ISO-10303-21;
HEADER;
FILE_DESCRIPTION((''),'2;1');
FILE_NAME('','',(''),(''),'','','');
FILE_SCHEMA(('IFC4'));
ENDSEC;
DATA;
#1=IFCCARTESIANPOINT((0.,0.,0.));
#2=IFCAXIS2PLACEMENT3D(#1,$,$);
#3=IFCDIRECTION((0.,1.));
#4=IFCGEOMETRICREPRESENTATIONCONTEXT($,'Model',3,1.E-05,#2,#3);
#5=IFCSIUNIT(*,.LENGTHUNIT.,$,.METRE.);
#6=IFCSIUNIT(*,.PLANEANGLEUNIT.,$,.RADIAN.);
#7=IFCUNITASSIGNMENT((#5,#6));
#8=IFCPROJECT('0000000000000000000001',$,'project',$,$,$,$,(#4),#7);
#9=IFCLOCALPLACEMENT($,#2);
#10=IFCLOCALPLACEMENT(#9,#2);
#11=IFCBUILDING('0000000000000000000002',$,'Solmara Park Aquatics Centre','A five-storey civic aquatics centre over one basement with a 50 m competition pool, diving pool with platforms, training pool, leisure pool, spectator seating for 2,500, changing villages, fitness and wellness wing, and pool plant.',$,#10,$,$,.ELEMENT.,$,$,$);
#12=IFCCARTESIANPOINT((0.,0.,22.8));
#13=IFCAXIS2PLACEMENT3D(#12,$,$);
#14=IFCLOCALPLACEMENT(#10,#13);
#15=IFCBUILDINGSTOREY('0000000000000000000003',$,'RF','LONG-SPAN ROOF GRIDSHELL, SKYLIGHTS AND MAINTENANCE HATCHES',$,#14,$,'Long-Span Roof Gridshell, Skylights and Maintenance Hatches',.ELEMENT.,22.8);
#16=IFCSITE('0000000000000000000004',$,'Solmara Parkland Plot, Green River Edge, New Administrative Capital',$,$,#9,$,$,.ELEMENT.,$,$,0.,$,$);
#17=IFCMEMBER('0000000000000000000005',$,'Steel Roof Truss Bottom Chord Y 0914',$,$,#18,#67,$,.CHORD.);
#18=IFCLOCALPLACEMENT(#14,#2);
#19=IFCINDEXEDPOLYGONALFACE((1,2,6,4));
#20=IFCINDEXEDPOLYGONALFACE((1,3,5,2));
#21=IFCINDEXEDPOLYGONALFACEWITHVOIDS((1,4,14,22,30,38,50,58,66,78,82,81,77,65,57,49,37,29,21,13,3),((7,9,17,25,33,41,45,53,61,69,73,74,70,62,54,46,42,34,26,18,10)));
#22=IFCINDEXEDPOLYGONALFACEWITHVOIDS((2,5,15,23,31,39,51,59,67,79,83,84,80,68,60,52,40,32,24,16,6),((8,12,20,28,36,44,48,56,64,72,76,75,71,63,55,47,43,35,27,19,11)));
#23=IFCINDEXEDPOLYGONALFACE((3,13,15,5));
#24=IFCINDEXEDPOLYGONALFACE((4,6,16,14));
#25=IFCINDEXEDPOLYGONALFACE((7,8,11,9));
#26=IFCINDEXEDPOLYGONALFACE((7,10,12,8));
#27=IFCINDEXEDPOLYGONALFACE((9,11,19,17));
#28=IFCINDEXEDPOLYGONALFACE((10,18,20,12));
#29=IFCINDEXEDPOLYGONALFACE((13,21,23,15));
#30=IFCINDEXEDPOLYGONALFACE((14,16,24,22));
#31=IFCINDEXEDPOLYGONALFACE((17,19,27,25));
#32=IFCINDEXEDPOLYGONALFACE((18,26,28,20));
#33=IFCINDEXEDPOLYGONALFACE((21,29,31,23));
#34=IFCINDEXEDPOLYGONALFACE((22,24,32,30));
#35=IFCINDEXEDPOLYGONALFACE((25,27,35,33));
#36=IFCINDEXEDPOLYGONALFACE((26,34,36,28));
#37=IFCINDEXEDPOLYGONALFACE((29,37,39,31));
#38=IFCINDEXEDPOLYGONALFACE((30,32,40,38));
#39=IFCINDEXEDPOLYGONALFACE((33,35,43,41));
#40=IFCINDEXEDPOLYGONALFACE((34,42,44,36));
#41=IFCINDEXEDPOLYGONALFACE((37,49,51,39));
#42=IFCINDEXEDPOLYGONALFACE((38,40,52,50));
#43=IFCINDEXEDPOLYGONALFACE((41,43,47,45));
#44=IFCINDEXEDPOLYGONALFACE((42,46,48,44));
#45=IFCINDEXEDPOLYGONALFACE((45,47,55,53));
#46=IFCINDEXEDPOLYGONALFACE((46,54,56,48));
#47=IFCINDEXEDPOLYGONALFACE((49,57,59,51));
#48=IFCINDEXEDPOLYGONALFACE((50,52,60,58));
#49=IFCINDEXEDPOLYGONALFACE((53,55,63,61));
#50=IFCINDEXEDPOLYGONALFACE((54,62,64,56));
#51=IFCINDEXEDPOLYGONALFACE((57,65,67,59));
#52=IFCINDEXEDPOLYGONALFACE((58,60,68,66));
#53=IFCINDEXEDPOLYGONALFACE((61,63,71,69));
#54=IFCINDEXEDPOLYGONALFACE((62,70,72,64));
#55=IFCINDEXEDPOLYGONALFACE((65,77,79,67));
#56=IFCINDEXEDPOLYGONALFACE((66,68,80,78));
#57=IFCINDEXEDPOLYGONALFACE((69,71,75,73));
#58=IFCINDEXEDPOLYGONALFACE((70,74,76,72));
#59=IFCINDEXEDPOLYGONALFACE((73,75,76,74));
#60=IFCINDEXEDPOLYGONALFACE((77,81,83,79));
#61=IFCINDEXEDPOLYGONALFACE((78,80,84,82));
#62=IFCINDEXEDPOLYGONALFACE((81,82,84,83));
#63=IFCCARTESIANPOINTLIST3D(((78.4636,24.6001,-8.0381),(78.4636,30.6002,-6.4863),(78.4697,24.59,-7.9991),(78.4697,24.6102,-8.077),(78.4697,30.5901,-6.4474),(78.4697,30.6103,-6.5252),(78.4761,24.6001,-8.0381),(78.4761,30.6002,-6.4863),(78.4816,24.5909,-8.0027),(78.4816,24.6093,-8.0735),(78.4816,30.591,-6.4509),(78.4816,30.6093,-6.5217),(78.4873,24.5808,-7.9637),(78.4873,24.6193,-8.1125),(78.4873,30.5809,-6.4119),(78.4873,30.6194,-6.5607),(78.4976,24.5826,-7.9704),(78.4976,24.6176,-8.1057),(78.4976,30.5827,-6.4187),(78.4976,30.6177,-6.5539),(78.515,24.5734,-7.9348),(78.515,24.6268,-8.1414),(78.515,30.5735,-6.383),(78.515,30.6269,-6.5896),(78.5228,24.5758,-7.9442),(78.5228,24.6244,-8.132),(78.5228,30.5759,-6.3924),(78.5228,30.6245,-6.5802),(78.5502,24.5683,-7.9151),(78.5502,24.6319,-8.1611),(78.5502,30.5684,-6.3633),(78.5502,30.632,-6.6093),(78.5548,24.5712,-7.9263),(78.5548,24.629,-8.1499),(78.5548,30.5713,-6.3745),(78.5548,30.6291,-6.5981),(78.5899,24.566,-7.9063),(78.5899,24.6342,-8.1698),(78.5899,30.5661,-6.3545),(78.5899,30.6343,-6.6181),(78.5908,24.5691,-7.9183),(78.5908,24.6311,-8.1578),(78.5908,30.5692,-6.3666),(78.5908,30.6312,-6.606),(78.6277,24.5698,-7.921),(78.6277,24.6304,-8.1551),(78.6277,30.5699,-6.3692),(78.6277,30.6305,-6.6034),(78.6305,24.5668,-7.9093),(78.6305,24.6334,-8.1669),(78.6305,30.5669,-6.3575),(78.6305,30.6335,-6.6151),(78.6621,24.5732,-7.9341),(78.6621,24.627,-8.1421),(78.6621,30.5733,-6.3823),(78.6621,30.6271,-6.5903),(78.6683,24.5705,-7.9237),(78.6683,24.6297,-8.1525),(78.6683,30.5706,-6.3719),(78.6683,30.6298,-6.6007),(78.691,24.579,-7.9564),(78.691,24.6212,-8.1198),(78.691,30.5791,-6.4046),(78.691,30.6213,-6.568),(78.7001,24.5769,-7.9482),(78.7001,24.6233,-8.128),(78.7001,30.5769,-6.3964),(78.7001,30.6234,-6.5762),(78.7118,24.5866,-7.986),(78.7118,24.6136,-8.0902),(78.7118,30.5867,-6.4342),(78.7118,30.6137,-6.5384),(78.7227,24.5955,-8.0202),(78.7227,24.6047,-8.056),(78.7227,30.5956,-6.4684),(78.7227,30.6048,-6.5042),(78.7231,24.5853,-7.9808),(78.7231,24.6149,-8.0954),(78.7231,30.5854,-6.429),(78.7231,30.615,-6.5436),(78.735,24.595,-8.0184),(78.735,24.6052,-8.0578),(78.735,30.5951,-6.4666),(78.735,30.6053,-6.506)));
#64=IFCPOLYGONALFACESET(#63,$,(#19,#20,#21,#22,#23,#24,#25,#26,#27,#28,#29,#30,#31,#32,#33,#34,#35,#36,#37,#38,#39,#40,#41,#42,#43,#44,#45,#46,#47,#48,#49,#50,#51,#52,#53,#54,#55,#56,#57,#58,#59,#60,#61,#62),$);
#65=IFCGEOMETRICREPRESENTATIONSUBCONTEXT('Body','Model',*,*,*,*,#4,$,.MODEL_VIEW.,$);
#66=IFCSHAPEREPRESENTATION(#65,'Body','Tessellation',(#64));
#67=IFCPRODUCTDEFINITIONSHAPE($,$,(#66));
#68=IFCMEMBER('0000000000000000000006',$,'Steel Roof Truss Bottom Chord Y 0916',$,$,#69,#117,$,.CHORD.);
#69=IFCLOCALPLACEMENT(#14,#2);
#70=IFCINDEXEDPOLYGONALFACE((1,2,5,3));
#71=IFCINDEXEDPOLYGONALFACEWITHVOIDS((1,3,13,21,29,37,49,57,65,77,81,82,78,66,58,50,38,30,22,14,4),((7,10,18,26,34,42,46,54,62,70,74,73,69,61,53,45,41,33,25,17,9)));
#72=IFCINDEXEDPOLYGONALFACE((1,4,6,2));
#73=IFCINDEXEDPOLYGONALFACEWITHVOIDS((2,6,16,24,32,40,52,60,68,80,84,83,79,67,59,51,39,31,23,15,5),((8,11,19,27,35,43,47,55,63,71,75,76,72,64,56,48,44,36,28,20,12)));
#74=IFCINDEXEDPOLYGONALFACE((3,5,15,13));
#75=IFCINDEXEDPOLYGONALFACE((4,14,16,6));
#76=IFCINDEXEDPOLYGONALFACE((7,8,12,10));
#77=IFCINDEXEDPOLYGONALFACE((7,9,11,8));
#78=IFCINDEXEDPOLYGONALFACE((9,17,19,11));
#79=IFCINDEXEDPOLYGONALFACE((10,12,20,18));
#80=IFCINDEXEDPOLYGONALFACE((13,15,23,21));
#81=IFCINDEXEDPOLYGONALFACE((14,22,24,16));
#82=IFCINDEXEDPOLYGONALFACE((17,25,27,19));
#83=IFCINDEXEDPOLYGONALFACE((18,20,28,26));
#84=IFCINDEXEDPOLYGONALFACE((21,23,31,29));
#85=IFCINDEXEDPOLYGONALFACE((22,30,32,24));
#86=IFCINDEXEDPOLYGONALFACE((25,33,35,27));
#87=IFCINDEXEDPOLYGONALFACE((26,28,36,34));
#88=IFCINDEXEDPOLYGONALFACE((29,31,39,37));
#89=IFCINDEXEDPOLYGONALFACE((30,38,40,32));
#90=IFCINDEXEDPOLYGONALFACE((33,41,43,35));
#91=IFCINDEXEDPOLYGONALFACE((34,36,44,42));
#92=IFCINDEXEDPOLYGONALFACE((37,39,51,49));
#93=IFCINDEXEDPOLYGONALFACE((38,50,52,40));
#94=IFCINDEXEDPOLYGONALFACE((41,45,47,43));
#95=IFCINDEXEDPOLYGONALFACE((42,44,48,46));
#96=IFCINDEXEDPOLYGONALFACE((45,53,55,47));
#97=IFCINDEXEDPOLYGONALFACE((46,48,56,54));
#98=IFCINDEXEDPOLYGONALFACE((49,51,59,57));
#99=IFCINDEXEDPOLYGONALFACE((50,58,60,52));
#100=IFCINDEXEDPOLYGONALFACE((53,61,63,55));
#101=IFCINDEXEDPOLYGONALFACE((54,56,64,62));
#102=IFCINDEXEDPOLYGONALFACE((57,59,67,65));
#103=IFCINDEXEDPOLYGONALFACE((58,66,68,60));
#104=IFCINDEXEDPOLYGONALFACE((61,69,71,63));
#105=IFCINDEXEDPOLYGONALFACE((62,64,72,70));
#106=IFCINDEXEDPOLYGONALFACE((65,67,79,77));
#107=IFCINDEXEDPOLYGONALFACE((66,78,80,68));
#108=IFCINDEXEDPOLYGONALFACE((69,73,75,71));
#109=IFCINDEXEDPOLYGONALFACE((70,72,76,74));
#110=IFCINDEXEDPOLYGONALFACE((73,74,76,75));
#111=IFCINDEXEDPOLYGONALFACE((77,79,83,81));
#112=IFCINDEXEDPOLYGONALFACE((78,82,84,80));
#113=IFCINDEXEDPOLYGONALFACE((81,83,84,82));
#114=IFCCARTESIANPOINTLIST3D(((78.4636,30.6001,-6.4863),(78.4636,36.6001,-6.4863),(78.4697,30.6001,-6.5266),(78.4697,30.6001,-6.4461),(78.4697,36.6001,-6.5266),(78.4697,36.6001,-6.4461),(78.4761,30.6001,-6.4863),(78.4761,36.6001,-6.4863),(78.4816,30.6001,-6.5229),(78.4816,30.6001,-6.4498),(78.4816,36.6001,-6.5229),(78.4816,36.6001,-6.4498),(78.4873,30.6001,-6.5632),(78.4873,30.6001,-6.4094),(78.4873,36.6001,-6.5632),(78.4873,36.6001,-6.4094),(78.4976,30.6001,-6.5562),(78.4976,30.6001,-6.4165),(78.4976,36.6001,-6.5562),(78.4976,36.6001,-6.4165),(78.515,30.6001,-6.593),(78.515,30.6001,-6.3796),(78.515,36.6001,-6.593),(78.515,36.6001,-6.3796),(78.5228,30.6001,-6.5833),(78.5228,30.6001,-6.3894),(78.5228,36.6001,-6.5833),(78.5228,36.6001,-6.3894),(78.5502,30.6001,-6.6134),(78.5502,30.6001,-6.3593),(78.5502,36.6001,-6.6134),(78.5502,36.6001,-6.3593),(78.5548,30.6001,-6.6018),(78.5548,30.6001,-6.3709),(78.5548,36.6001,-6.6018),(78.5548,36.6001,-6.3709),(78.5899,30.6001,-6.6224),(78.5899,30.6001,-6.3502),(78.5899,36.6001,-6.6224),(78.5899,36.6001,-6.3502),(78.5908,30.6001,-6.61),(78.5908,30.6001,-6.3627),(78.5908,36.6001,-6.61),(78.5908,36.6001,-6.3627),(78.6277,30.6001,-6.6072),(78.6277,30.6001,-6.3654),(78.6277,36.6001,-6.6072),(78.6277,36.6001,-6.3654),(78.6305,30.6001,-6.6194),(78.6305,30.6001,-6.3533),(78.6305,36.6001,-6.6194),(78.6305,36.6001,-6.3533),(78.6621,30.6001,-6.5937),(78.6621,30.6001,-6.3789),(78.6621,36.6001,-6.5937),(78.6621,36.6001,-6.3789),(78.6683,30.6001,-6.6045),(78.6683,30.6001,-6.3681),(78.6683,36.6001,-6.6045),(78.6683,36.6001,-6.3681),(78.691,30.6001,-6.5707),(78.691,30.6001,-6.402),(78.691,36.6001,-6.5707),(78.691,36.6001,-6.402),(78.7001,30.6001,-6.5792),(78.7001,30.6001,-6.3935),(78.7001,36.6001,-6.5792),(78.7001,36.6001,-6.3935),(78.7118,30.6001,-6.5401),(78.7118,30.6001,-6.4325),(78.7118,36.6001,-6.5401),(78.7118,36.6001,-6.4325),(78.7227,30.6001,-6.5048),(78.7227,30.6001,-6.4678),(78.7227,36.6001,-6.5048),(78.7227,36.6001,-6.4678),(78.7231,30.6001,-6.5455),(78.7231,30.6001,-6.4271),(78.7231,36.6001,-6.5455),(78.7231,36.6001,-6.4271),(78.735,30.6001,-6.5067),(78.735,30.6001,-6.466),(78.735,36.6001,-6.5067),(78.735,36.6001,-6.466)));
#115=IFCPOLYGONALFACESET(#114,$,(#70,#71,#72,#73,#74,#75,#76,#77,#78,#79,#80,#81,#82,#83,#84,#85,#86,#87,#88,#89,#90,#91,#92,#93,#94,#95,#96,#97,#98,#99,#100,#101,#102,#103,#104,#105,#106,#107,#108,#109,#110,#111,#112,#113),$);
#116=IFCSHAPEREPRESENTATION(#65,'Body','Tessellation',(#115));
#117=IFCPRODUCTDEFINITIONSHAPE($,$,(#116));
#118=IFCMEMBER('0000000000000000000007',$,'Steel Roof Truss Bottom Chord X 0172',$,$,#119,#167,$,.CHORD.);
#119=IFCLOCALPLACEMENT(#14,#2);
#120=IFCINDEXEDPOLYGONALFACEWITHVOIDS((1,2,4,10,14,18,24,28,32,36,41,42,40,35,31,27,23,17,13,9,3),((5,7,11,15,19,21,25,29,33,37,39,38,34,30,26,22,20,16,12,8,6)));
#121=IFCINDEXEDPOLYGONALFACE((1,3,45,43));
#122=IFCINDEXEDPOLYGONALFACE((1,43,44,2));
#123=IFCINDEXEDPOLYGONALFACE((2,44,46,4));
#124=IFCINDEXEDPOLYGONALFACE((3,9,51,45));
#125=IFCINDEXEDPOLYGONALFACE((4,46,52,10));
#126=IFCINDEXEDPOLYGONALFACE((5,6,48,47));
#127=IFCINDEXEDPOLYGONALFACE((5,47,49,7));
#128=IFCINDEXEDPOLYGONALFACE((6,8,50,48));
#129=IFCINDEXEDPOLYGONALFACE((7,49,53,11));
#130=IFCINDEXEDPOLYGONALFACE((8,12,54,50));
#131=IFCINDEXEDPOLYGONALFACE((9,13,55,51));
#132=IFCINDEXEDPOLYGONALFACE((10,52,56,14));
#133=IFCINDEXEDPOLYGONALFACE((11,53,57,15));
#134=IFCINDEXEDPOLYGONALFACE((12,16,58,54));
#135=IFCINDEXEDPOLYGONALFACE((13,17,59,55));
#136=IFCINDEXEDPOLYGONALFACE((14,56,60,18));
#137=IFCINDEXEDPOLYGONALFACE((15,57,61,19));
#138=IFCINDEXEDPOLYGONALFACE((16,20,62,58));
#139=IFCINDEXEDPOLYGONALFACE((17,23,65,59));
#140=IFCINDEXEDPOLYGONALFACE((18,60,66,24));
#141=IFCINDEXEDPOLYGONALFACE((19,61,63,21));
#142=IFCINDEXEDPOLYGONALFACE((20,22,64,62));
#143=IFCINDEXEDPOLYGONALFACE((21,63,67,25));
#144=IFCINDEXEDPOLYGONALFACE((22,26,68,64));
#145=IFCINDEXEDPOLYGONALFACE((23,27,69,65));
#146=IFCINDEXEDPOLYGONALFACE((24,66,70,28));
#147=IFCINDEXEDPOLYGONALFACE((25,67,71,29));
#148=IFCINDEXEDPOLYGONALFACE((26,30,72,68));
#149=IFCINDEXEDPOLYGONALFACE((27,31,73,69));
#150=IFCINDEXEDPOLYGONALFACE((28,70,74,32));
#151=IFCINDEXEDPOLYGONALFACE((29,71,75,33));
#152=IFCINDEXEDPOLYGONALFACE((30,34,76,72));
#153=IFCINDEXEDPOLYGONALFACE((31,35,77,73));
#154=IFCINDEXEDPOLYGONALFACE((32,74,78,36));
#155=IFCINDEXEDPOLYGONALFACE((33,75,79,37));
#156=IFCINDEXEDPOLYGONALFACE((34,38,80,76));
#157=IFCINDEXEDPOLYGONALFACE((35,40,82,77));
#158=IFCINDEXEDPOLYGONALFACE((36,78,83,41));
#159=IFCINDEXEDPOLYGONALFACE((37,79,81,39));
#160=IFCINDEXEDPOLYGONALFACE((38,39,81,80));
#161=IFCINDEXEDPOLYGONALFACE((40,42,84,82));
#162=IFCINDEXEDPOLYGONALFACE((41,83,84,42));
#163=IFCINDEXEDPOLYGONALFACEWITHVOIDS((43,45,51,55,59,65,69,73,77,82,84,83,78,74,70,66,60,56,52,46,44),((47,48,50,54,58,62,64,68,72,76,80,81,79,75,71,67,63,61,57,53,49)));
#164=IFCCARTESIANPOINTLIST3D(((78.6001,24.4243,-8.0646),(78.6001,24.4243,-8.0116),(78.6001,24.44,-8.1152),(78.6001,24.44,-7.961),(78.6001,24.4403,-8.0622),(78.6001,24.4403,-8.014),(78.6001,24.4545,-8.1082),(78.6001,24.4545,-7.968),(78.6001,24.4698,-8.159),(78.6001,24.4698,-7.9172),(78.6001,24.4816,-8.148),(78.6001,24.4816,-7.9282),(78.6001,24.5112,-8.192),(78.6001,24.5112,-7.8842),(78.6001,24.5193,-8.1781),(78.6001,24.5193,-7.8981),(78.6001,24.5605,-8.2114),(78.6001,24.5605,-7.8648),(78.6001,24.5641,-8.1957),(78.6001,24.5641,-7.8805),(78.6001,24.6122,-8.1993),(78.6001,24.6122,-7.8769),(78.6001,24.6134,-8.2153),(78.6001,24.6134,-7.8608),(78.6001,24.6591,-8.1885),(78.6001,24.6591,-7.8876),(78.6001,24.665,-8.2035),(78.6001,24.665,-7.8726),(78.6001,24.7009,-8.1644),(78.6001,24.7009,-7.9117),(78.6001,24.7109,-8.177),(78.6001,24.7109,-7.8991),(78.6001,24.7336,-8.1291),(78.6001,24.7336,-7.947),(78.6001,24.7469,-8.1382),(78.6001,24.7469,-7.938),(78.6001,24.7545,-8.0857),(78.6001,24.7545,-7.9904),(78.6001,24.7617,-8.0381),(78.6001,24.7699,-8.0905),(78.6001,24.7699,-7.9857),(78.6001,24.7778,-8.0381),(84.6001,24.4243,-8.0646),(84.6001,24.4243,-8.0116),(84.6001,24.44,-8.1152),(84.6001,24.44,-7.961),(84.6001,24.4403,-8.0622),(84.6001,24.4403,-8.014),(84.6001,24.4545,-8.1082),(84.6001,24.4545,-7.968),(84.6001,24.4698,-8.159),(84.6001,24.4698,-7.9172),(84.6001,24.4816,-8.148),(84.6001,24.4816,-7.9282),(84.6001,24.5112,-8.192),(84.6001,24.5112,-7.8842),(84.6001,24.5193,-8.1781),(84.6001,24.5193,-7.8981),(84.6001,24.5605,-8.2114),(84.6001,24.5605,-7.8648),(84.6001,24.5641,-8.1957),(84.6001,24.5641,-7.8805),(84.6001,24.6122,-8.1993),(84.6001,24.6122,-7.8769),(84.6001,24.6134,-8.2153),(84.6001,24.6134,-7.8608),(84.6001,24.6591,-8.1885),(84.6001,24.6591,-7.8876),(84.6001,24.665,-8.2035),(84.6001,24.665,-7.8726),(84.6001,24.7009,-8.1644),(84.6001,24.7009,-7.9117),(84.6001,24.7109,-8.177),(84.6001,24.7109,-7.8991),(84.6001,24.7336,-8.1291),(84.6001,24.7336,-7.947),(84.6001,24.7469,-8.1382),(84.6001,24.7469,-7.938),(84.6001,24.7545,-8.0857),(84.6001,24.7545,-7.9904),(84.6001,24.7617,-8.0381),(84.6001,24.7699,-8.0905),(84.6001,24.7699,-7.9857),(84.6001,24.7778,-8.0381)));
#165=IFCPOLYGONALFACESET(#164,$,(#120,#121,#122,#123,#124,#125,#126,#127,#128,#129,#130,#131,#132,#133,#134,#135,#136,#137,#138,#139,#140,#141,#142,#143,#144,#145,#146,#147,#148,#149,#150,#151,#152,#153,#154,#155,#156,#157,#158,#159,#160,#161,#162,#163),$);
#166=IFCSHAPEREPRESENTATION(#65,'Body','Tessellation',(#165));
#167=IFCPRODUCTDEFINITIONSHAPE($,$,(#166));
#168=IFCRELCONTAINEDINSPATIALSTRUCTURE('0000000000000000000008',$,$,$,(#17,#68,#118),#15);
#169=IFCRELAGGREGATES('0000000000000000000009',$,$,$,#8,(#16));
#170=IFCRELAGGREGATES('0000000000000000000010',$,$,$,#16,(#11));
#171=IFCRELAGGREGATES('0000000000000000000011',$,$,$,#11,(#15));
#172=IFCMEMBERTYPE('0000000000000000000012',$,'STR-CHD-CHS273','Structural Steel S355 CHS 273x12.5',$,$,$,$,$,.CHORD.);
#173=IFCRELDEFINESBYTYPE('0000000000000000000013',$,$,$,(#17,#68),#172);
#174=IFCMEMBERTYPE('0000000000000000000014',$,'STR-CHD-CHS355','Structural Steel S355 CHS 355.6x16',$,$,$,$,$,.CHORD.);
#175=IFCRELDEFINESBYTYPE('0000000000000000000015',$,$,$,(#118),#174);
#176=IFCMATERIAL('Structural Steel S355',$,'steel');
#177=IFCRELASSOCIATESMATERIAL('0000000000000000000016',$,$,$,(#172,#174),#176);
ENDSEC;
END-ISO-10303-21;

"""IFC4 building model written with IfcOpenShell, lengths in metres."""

from ifc_helpers import new_model, si_unit, direction, frame, origin, origin_2d, place, context, subcontext, project, spatial, hollow_circle, extrude, material, material_profile, profile_set, type_object, element, save


model = new_model("IFC4")

# Units and contexts
model_context = context("Model", 3, precision=1e-05, world=origin(), true_north=direction((0.0, 1.0)))
body_context = subcontext(model_context, "Body", "Model", "MODEL_VIEW")
ifc_project = project(units=[si_unit("LENGTHUNIT", "METRE"), si_unit("PLANEANGLEUNIT", "RADIAN")], contexts=[model_context])

# Site, building, storey
site_placement = place(None, origin())
site = spatial("IfcSite", under=ifc_project, at=site_placement, Name="Solmara Parkland Plot, Green River Edge, New Administrative Capital", CompositionType="ELEMENT", RefElevation=0.0)
building_placement = place(site_placement, origin())
building = spatial("IfcBuilding", under=site, at=building_placement, Name="Solmara Park Aquatics Centre", Description="A five-storey civic aquatics centre over one basement with a 50 m competition pool, diving pool with platforms, training pool, leisure pool, spectator seating for 2,500, changing villages, fitness and wellness wing, and pool plant.", CompositionType="ELEMENT")
storey_placement = place(building_placement, frame((0.0, 0.0, 22.8)))
storey = spatial("IfcBuildingStorey", under=building, at=storey_placement, Name="RF", Description="LONG-SPAN ROOF GRIDSHELL, SKYLIGHTS AND MAINTENANCE HATCHES", LongName="Long-Span Roof Gridshell, Skylights and Maintenance Hatches", CompositionType="ELEMENT", Elevation=22.8)

# Members
ifc_material_1 = material(Name="Structural Steel S355", Category="steel")
ifc_material_profile_1 = material_profile(ifc_material_1, hollow_circle(Radius=0.1365, WallThickness=0.0125, at=origin_2d()), Name="CHS 273x12.5")
ifc_profile_set_1 = profile_set([ifc_material_profile_1], Name="Structural Steel S355")
member_type_1 = type_object("IfcMemberType", Name="STR-CHD-CHS273", Description="Structural Steel S355 CHS 273x12.5", PredefinedType="CHORD", material=ifc_profile_set_1)
for number, where, z_axis, x_axis, name in (
    (1, (78.6001, 24.6001, -8.0381), (0.0, 0.968146, 0.250388), (-1.0, 0.0, 0.0), "Steel Roof Truss Bottom Chord Y 0914"),
):
    element("IfcMember", number, at=place(storey_placement, frame(where, z_axis=z_axis, x_axis=x_axis)), inside=storey, type_object=member_type_1, Name=name, PredefinedType="CHORD", context=body_context, shape_type="SweptSolid", body=[
        extrude(hollow_circle(Radius=0.1365, WallThickness=0.0125, at=origin_2d()), origin(), (0.0, 0.0, 1.0), 6.1975),
    ])
member_1_placement = place(storey_placement, frame((78.6001, 30.6001, -6.4863), z_axis=(0.0, 1.0, 0.0), x_axis=(-1.0, 0.0, 0.0)))
element("IfcMember", 2, at=member_1_placement, inside=storey, type_object=member_type_1, Name="Steel Roof Truss Bottom Chord Y 0916", PredefinedType="CHORD", context=body_context, shape_type="SweptSolid", body=[
    extrude(hollow_circle(Radius=0.1365, WallThickness=0.0125, at=origin_2d()), origin(), (0.0, 0.0, 1.0), 6.0),
])
ifc_material_profile_2 = material_profile(ifc_material_1, hollow_circle(Radius=0.1777, WallThickness=0.0161, at=origin_2d()), Name="CHS 355.6x16")
ifc_profile_set_2 = profile_set([ifc_material_profile_2], Name="Structural Steel S355")
member_type_2 = type_object("IfcMemberType", Name="STR-CHD-CHS355", Description="Structural Steel S355 CHS 355.6x16", PredefinedType="CHORD", material=ifc_profile_set_2)
member_2_placement = place(storey_placement, frame((78.6001, 24.6001, -8.0381), z_axis=(1.0, 0.0, 0.0), x_axis=(0.0, 1.0, 0.0)))
element("IfcMember", 3, at=member_2_placement, inside=storey, type_object=member_type_2, Name="Steel Roof Truss Bottom Chord X 0172", PredefinedType="CHORD", context=body_context, shape_type="SweptSolid", body=[
    extrude(hollow_circle(Radius=0.1777, WallThickness=0.0161, at=origin_2d()), origin(), (0.0, 0.0, 1.0), 6.0),
])

save(model, "model.ifc")
